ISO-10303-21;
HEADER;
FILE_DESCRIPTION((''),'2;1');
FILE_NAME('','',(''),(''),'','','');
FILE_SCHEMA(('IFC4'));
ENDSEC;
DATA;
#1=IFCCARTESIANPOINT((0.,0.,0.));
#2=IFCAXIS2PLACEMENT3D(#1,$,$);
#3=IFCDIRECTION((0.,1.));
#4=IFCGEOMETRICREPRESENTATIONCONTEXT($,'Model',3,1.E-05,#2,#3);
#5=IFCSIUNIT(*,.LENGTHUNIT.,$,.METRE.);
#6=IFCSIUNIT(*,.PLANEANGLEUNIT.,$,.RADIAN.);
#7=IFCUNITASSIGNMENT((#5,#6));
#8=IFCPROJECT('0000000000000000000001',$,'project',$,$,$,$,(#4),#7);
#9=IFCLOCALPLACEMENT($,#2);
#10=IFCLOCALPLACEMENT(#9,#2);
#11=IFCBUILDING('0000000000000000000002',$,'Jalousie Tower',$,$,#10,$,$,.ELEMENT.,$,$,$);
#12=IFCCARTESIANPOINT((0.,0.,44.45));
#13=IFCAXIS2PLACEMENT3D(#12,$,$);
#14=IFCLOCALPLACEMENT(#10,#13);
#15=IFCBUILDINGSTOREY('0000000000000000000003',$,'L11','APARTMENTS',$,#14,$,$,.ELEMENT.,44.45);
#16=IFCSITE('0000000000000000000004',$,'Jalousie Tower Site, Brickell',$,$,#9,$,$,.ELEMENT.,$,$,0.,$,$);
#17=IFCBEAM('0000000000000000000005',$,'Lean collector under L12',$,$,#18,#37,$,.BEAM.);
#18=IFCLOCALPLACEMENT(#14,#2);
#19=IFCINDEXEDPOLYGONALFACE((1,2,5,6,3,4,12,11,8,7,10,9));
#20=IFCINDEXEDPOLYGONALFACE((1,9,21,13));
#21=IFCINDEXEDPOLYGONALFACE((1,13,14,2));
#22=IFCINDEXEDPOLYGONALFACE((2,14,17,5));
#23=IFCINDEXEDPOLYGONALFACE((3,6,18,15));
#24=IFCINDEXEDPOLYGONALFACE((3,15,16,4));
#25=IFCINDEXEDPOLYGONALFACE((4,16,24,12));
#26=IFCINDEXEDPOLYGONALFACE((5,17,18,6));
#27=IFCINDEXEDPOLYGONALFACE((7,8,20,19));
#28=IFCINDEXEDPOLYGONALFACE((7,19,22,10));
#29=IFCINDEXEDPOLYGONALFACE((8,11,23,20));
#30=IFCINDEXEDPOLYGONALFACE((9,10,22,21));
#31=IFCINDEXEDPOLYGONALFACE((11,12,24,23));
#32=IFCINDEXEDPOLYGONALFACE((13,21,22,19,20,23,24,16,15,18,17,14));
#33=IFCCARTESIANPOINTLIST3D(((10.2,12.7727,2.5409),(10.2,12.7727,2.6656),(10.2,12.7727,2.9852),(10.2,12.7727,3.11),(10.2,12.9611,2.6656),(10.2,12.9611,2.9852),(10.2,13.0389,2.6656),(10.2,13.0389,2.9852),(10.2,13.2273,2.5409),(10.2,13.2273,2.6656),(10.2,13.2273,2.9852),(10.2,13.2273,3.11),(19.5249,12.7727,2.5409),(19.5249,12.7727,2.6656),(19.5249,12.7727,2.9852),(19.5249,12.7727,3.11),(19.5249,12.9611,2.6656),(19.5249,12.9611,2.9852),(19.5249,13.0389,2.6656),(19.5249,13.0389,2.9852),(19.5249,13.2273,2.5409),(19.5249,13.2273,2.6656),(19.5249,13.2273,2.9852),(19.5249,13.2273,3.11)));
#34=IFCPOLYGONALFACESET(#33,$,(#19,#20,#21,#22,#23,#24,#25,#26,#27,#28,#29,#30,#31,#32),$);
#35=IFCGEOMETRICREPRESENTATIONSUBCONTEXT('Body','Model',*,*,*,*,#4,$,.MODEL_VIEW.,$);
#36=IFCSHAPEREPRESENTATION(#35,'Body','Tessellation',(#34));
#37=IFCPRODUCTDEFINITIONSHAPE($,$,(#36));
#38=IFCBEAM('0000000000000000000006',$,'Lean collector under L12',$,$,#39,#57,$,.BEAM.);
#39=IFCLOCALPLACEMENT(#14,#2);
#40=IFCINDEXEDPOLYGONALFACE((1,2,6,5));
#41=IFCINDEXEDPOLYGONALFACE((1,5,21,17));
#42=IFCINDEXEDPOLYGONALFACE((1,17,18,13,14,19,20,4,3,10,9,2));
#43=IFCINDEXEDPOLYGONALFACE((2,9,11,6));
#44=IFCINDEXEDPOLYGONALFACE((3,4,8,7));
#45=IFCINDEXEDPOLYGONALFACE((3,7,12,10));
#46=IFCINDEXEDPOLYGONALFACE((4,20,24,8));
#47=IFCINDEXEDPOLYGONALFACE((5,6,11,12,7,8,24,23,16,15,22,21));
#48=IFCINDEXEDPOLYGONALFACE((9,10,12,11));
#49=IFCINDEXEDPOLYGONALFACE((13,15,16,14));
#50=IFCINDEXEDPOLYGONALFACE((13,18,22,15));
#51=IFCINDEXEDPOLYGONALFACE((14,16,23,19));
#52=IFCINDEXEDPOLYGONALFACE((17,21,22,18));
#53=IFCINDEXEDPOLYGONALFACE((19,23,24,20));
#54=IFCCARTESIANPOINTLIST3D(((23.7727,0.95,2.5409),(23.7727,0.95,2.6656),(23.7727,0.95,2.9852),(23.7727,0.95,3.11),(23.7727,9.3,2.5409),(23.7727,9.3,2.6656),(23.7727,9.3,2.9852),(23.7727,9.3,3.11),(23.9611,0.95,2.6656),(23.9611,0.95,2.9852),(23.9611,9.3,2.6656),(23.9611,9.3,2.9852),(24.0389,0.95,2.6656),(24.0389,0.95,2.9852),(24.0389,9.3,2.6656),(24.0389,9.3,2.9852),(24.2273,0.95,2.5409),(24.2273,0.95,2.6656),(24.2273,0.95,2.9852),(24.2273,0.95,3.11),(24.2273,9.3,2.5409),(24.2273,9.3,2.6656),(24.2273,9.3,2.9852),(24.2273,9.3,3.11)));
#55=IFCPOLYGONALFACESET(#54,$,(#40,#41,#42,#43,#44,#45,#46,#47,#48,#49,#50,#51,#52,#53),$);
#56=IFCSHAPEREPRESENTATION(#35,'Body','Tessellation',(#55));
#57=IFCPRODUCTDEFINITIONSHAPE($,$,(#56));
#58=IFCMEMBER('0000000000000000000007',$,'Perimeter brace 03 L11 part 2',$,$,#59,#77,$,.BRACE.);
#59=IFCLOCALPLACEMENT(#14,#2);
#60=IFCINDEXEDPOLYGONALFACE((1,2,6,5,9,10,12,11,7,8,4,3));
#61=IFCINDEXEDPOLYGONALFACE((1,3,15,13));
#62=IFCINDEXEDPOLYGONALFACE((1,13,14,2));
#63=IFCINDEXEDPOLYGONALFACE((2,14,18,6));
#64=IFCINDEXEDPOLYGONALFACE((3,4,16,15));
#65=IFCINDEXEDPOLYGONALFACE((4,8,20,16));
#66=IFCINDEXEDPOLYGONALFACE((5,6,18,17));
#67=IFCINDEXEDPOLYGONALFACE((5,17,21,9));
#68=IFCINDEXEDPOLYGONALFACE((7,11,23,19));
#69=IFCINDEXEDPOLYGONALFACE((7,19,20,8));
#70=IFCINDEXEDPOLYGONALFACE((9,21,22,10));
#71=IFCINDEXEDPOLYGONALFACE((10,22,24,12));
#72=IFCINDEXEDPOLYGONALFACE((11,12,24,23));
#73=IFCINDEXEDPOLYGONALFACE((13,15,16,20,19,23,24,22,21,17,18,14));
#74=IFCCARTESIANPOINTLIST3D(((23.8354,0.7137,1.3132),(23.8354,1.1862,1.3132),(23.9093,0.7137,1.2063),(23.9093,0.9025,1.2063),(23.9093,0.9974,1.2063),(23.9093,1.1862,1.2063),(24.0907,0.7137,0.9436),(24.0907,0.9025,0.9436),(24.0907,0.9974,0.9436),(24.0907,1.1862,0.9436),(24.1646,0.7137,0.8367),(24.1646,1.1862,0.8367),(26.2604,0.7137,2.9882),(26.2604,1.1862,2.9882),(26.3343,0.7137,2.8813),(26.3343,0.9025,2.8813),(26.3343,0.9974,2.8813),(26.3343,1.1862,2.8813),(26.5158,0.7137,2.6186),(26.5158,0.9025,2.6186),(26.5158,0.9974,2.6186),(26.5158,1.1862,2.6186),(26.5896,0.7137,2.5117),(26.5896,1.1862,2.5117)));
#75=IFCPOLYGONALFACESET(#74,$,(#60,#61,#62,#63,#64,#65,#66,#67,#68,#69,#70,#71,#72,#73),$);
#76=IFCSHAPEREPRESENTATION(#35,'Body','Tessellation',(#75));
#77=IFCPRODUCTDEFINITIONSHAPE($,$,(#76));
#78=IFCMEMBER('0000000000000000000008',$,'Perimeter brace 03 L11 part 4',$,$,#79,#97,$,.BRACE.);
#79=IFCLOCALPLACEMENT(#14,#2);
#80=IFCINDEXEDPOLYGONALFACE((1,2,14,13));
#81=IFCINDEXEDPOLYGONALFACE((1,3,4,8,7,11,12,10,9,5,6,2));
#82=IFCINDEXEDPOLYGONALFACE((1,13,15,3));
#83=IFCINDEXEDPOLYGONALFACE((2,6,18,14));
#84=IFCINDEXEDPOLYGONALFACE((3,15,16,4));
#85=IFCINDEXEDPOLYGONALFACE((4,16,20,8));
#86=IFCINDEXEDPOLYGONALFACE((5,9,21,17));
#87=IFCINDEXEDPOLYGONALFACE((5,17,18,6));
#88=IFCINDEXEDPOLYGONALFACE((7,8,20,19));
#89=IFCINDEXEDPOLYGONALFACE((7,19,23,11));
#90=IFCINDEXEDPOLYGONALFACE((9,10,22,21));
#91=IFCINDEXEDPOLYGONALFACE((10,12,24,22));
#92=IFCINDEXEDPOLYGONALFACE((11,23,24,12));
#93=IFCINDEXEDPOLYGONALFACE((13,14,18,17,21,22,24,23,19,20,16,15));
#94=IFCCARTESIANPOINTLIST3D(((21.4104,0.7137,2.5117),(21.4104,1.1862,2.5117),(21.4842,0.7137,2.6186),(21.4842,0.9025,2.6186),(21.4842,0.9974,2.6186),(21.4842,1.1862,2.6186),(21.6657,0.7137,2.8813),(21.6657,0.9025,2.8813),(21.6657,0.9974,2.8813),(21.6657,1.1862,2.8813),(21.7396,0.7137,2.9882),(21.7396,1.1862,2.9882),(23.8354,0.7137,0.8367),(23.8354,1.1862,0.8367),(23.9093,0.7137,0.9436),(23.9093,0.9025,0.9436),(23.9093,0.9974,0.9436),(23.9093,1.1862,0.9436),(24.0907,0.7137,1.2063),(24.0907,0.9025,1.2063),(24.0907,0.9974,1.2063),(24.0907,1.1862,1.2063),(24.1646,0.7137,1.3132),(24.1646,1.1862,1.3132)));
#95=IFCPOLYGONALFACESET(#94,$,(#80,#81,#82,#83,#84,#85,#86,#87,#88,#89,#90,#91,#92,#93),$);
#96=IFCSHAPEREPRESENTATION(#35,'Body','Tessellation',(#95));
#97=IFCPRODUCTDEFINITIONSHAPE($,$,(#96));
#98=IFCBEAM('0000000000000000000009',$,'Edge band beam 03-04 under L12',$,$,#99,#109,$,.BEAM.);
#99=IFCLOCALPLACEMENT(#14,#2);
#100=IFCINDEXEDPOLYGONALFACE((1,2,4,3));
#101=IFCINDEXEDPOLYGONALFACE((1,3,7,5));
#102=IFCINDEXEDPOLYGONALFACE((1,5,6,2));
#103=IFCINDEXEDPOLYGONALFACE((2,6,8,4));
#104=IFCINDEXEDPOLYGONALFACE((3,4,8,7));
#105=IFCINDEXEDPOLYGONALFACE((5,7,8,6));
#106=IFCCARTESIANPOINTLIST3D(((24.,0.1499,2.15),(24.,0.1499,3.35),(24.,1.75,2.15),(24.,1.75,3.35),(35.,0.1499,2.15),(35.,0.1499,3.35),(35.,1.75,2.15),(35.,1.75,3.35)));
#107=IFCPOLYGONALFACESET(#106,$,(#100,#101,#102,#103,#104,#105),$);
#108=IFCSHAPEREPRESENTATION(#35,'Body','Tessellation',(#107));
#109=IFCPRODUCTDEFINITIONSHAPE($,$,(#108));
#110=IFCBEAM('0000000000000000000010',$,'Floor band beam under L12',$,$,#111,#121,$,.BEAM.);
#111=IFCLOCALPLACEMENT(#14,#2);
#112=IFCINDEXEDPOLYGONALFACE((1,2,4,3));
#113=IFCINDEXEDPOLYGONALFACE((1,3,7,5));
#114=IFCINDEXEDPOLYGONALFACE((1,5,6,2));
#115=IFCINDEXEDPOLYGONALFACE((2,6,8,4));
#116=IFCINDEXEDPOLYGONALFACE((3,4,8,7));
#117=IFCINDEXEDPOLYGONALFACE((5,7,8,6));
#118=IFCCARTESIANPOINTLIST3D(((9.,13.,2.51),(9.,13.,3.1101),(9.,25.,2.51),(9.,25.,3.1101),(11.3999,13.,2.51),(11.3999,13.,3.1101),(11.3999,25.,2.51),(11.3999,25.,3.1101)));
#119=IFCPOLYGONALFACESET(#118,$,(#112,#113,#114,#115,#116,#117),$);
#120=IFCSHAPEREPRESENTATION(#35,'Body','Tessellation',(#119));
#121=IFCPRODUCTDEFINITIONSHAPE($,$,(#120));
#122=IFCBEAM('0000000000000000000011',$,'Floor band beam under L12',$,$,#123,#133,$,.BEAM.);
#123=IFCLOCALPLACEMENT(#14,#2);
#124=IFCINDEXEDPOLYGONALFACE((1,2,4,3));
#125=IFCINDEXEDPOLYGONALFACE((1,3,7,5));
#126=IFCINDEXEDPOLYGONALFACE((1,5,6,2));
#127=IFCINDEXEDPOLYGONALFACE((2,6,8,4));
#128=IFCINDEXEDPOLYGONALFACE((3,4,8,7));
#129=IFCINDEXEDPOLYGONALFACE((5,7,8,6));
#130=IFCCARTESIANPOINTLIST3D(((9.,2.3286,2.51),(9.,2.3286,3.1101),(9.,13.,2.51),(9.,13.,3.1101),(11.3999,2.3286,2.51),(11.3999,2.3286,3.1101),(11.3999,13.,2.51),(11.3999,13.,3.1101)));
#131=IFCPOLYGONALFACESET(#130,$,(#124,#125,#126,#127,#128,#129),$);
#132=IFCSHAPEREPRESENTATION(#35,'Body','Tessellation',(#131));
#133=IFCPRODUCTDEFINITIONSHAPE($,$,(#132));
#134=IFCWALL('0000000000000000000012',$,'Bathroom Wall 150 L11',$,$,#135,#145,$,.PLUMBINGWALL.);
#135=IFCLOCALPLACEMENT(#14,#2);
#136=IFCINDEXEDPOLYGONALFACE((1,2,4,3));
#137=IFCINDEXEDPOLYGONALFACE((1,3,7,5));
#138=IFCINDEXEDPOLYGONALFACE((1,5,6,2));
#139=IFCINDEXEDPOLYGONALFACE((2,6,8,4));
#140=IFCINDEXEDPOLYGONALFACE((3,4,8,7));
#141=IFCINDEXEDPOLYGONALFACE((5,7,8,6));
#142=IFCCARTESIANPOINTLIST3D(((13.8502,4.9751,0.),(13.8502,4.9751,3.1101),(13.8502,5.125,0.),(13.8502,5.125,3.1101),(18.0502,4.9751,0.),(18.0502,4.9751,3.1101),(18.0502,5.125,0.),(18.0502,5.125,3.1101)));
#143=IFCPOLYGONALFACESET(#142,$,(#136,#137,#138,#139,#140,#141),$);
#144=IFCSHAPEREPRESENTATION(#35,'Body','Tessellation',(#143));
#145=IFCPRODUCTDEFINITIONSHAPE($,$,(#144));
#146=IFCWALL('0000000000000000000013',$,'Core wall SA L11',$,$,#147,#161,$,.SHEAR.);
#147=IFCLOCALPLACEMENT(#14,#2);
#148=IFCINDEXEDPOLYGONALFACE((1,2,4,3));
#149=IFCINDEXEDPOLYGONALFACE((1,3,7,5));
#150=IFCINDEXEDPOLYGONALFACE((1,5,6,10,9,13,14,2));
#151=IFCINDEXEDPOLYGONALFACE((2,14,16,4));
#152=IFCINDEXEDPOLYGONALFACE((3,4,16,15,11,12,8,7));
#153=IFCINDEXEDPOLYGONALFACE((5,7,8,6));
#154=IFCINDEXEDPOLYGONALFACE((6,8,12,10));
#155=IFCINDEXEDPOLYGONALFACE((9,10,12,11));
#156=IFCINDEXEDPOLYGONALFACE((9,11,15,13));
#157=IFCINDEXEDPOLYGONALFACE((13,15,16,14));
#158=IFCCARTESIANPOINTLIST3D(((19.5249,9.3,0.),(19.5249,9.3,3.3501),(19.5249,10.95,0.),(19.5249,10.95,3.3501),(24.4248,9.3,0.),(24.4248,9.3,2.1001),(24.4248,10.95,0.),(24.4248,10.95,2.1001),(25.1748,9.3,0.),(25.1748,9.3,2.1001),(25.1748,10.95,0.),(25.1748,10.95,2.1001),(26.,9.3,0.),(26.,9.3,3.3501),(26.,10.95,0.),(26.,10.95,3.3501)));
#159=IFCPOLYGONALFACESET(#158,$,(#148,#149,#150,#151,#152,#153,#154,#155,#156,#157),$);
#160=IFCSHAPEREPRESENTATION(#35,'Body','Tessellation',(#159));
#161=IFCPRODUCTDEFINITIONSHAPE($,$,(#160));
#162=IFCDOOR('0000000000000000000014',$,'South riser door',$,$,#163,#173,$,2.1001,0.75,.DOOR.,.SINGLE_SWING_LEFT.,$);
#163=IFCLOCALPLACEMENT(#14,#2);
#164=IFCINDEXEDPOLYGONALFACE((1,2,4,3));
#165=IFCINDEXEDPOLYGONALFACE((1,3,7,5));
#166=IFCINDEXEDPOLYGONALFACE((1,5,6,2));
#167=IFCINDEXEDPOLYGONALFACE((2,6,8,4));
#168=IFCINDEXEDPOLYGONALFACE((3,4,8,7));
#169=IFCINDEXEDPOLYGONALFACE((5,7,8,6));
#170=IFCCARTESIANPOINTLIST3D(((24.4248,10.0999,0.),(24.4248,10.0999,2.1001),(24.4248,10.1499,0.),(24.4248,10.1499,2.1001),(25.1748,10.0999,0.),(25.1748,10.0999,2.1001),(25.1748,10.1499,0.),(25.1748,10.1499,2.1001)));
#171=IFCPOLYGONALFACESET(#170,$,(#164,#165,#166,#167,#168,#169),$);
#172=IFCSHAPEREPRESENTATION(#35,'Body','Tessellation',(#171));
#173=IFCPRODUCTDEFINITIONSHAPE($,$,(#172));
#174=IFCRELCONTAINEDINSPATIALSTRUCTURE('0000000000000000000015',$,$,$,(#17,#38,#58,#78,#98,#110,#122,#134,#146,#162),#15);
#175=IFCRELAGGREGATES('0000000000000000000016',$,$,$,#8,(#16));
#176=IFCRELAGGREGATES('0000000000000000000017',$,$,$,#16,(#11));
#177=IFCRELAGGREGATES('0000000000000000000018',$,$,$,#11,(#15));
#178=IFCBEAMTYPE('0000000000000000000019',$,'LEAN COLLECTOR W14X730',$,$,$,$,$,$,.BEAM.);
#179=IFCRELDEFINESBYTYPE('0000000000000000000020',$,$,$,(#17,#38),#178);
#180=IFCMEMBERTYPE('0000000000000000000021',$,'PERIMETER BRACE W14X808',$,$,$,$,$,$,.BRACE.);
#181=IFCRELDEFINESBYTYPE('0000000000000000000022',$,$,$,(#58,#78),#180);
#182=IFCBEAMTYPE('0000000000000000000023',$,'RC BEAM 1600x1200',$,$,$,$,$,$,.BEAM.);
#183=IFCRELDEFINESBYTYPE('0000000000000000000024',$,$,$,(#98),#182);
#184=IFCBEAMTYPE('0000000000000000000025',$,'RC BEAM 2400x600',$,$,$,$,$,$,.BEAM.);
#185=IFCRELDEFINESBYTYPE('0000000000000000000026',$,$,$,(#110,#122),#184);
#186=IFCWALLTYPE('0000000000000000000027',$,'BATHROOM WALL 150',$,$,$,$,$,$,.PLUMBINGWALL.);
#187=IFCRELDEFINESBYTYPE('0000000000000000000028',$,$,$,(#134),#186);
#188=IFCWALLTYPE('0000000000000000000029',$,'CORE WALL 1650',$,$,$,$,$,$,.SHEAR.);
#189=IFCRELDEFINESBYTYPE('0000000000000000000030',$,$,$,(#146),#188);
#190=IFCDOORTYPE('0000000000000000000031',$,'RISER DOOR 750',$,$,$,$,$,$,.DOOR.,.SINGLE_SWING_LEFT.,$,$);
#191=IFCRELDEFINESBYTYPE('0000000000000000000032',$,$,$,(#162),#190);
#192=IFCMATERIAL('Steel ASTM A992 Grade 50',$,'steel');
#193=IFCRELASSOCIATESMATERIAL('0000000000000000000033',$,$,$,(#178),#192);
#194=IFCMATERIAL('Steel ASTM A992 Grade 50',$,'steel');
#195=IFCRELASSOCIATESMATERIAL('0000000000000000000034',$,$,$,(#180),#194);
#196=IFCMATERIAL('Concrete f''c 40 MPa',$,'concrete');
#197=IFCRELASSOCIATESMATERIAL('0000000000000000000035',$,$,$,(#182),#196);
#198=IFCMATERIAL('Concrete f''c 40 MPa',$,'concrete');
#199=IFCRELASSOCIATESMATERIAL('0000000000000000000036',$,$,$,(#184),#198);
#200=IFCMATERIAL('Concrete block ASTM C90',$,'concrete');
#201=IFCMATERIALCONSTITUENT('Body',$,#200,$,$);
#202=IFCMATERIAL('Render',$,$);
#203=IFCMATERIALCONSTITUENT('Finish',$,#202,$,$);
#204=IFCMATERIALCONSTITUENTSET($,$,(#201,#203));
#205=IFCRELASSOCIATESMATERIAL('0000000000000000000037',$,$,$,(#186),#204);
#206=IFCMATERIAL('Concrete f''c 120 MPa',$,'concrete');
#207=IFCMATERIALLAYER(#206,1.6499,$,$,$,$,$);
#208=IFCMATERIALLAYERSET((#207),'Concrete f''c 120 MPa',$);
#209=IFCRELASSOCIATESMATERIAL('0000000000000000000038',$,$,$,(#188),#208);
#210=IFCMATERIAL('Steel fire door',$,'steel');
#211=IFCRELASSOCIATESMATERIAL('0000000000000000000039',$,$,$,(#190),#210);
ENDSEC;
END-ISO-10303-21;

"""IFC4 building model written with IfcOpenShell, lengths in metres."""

from ifc_helpers import new_model, si_unit, direction, frame, frame_2d, origin, origin_2d, place, context, subcontext, project, spatial, rectangle, i_section, extrude, material, layer, layer_set, constituent, constituent_set, material_profile, profile_set, type_object, element, fill, save


model = new_model("IFC4")

# Units and contexts
model_context = context("Model", 3, precision=1e-05, world=origin(), true_north=direction((0.0, 1.0)))
body_context = subcontext(model_context, "Body", "Model", "MODEL_VIEW")
ifc_project = project(units=[si_unit("LENGTHUNIT", "METRE"), si_unit("PLANEANGLEUNIT", "RADIAN")], contexts=[model_context])

# Site, building, storey
site_placement = place(None, origin())
site = spatial("IfcSite", under=ifc_project, at=site_placement, Name="Jalousie Tower Site, Brickell", CompositionType="ELEMENT", RefElevation=0.0)
building_placement = place(site_placement, origin())
building = spatial("IfcBuilding", under=site, at=building_placement, Name="Jalousie Tower", CompositionType="ELEMENT")
storey_placement = place(building_placement, frame((0.0, 0.0, 44.45)))
storey = spatial("IfcBuildingStorey", under=building, at=storey_placement, Name="L11", Description="APARTMENTS", CompositionType="ELEMENT", Elevation=44.45)

# Beams
ifc_material_1 = material(Name="Steel ASTM A992 Grade 50", Category="steel")
ifc_material_profile_1 = material_profile(ifc_material_1, i_section(OverallWidth=0.4546, OverallDepth=0.5691, WebThickness=0.0779, FlangeThickness=0.1248, at=origin_2d()), Name="W14X730")
ifc_profile_set_1 = profile_set([ifc_material_profile_1], Name="Steel ASTM A992 Grade 50")
beam_type_1 = type_object("IfcBeamType", Name="LEAN COLLECTOR W14X730", PredefinedType="BEAM", material=ifc_profile_set_1)
beam_1_placement = place(storey_placement, frame((10.2, 13.0, 2.8254), z_axis=(1.0, 0.0, 0.0), x_axis=(0.0, 1.0, 0.0)))
element("IfcBeam", 1, at=beam_1_placement, inside=storey, type_object=beam_type_1, Name="Lean collector under L12", PredefinedType="BEAM", context=body_context, shape_type="SweptSolid", body=[
    extrude(i_section(OverallWidth=0.4546, OverallDepth=0.5691, WebThickness=0.0779, FlangeThickness=0.1248, at=origin_2d()), origin(), (0.0, 0.0, 1.0), 9.325),
])
beam_2_placement = place(storey_placement, frame((24.0, 0.95, 2.8254), z_axis=(0.0, 1.0, 0.0), x_axis=(-1.0, 0.0, 0.0)))
element("IfcBeam", 2, at=beam_2_placement, inside=storey, type_object=beam_type_1, Name="Lean collector under L12", PredefinedType="BEAM", context=body_context, shape_type="SweptSolid", body=[
    extrude(i_section(OverallWidth=0.4546, OverallDepth=0.5691, WebThickness=0.0779, FlangeThickness=0.1248, at=origin_2d()), origin(), (0.0, 0.0, 1.0), 8.3501),
])

# Members
ifc_material_2 = material(Name="Steel ASTM A992 Grade 50", Category="steel")
ifc_material_profile_2 = material_profile(ifc_material_2, i_section(OverallWidth=0.4724, OverallDepth=0.5791, WebThickness=0.095, FlangeThickness=0.1299, at=origin_2d()), Name="W14X808")
ifc_profile_set_2 = profile_set([ifc_material_profile_2], Name="Steel ASTM A992 Grade 50")
member_type = type_object("IfcMemberType", Name="PERIMETER BRACE W14X808", PredefinedType="BRACE", material=ifc_profile_set_2)
for number, where, z_axis, x_axis, name in (
    (3, (24.0, 0.95, 1.075), (0.8228, 0.0, 0.568331), (0.0, 1.0, 0.0), "Perimeter brace 03 L11 part 2"),
    (4, (24.0, 0.95, 1.075), (-0.8228, 0.0, 0.568331), (0.0, -1.0, 0.0), "Perimeter brace 03 L11 part 4"),
):
    element("IfcMember", number, at=place(storey_placement, frame(where, z_axis=z_axis, x_axis=x_axis)), inside=storey, type_object=member_type, Name=name, PredefinedType="BRACE", context=body_context, shape_type="SweptSolid", body=[
        extrude(i_section(OverallWidth=0.4724, OverallDepth=0.5791, WebThickness=0.095, FlangeThickness=0.1299, at=origin_2d()), origin(), (0.0, 0.0, 1.0), 2.9473),
    ])

# Beams
ifc_material_3 = material(Name="Concrete f'c 40 MPa", Category="concrete")
ifc_material_profile_3 = material_profile(ifc_material_3, rectangle(XDim=1.6001, YDim=1.2, at=origin_2d()), Name="RC 1600x1200")
ifc_profile_set_3 = profile_set([ifc_material_profile_3], Name="Concrete f'c 40 MPa")
beam_type_2 = type_object("IfcBeamType", Name="RC BEAM 1600x1200", PredefinedType="BEAM", material=ifc_profile_set_3)
beam_3_placement = place(storey_placement, frame((24.0, 0.95, 2.75), z_axis=(1.0, 0.0, 0.0), x_axis=(0.0, 1.0, 0.0)))
element("IfcBeam", 5, at=beam_3_placement, inside=storey, type_object=beam_type_2, Name="Edge band beam 03-04 under L12", PredefinedType="BEAM", context=body_context, shape_type="SweptSolid", body=[
    extrude(rectangle(XDim=1.6001, YDim=1.2, at=origin_2d()), origin(), (0.0, 0.0, 1.0), 11.0),
])
ifc_material_4 = material(Name="Concrete f'c 40 MPa", Category="concrete")
ifc_material_profile_4 = material_profile(ifc_material_4, rectangle(XDim=2.3999, YDim=0.6001, at=origin_2d()), Name="RC 2400x600")
ifc_profile_set_4 = profile_set([ifc_material_profile_4], Name="Concrete f'c 40 MPa")
beam_type_3 = type_object("IfcBeamType", Name="RC BEAM 2400x600", PredefinedType="BEAM", material=ifc_profile_set_4)
beam_4_placement = place(storey_placement, frame((10.2, 13.0, 2.8101), z_axis=(0.0, 1.0, 0.0), x_axis=(-1.0, 0.0, 0.0)))
element("IfcBeam", 6, at=beam_4_placement, inside=storey, type_object=beam_type_3, Name="Floor band beam under L12", PredefinedType="BEAM", context=body_context, shape_type="SweptSolid", body=[
    extrude(rectangle(XDim=2.3999, YDim=0.6001, at=origin_2d()), origin(), (0.0, 0.0, 1.0), 12.0),
])
beam_5_placement = place(storey_placement, frame((10.2, 13.0, 2.8101), z_axis=(0.0, -1.0, 0.0), x_axis=(1.0, 0.0, 0.0)))
element("IfcBeam", 7, at=beam_5_placement, inside=storey, type_object=beam_type_3, Name="Floor band beam under L12", PredefinedType="BEAM", context=body_context, shape_type="SweptSolid", body=[
    extrude(rectangle(XDim=2.3999, YDim=0.6001, at=origin_2d()), origin(), (0.0, 0.0, 1.0), 10.6714),
])

# Wall
ifc_material_5 = material(Name="Concrete block ASTM C90", Category="concrete")
ifc_constituent_1 = constituent(ifc_material_5, Name="Body")
ifc_material_6 = material(Name="Render")
ifc_constituent_2 = constituent(ifc_material_6, Name="Finish")
ifc_constituent_set_1 = constituent_set(constituents=[ifc_constituent_1, ifc_constituent_2])
wall_type_1 = type_object("IfcWallType", Name="BATHROOM WALL 150", PredefinedType="PLUMBINGWALL", material=ifc_constituent_set_1)
wall_1_placement = place(storey_placement, frame((13.8501, 5.05, 0.0), z_axis=(0.0, 0.0, 1.0), x_axis=(1.0, 0.0, 0.0)))
element("IfcWall", 8, at=wall_1_placement, inside=storey, type_object=wall_type_1, Name="Bathroom Wall 150 L11", PredefinedType="PLUMBINGWALL", context=body_context, shape_type="SweptSolid", body=[
    extrude(rectangle(XDim=4.2, YDim=0.1499, at=frame_2d((2.1001, 0.0))), origin(), (0.0, 0.0, 1.0), 3.1101),
])

# Wall, opening, door
ifc_material_7 = material(Name="Concrete f'c 120 MPa", Category="concrete")
ifc_layer_1 = layer(ifc_material_7, 1.6499)
ifc_layer_set_1 = layer_set([ifc_layer_1], Name="Concrete f'c 120 MPa")
wall_type_2 = type_object("IfcWallType", Name="CORE WALL 1650", PredefinedType="SHEAR", material=ifc_layer_set_1)
wall_2_placement = place(storey_placement, frame((19.5249, 10.125, 0.0), z_axis=(0.0, 0.0, 1.0), x_axis=(1.0, 0.0, 0.0)))
wall_2 = element("IfcWall", 9, at=wall_2_placement, inside=storey, type_object=wall_type_2, Name="Core wall SA L11", PredefinedType="SHEAR", context=body_context, shape_type="SweptSolid", body=[
    extrude(rectangle(XDim=6.4751, YDim=1.6499, at=frame_2d((3.2375, 0.0))), origin(), (0.0, 0.0, 1.0), 3.3501),
])
opening_1_placement = place(wall_2_placement, frame((4.8999, 0.0, 0.0)))
opening_1 = element("IfcOpeningElement", 10, at=opening_1_placement, cuts=wall_2, PredefinedType="OPENING", context=body_context, shape_type="SweptSolid", body=[
    extrude(rectangle(XDim=0.75, YDim=2.1001, at=frame_2d((0.375, 1.05))), frame((0.0, 0.835, 0.0), z_axis=(0.0, -1.0, 0.0), x_axis=(1.0, 0.0, 0.0)), (0.0, 0.0, 1.0), 1.6699),
])
ifc_material_8 = material(Name="Steel fire door", Category="steel")
door_type_1 = type_object("IfcDoorType", Name="RISER DOOR 750", OperationType="SINGLE_SWING_LEFT", PredefinedType="DOOR", material=ifc_material_8)
door_1_placement = place(opening_1_placement, origin())
door_1 = element("IfcDoor", 11, at=door_1_placement, inside=storey, type_object=door_type_1, Name="South riser door", OperationType="SINGLE_SWING_LEFT", OverallHeight=2.1001, OverallWidth=0.75, PredefinedType="DOOR", context=body_context, shape_type="SweptSolid", body=[
    extrude(rectangle(XDim=0.75, YDim=2.1001, at=frame_2d((0.375, 1.05))), frame((0.0, 0.0249, 0.0), z_axis=(0.0, -1.0, 0.0), x_axis=(1.0, 0.0, 0.0)), (0.0, 0.0, 1.0), 0.05),
])
fill(opening_1, door_1)

save(model, "model.ifc")
